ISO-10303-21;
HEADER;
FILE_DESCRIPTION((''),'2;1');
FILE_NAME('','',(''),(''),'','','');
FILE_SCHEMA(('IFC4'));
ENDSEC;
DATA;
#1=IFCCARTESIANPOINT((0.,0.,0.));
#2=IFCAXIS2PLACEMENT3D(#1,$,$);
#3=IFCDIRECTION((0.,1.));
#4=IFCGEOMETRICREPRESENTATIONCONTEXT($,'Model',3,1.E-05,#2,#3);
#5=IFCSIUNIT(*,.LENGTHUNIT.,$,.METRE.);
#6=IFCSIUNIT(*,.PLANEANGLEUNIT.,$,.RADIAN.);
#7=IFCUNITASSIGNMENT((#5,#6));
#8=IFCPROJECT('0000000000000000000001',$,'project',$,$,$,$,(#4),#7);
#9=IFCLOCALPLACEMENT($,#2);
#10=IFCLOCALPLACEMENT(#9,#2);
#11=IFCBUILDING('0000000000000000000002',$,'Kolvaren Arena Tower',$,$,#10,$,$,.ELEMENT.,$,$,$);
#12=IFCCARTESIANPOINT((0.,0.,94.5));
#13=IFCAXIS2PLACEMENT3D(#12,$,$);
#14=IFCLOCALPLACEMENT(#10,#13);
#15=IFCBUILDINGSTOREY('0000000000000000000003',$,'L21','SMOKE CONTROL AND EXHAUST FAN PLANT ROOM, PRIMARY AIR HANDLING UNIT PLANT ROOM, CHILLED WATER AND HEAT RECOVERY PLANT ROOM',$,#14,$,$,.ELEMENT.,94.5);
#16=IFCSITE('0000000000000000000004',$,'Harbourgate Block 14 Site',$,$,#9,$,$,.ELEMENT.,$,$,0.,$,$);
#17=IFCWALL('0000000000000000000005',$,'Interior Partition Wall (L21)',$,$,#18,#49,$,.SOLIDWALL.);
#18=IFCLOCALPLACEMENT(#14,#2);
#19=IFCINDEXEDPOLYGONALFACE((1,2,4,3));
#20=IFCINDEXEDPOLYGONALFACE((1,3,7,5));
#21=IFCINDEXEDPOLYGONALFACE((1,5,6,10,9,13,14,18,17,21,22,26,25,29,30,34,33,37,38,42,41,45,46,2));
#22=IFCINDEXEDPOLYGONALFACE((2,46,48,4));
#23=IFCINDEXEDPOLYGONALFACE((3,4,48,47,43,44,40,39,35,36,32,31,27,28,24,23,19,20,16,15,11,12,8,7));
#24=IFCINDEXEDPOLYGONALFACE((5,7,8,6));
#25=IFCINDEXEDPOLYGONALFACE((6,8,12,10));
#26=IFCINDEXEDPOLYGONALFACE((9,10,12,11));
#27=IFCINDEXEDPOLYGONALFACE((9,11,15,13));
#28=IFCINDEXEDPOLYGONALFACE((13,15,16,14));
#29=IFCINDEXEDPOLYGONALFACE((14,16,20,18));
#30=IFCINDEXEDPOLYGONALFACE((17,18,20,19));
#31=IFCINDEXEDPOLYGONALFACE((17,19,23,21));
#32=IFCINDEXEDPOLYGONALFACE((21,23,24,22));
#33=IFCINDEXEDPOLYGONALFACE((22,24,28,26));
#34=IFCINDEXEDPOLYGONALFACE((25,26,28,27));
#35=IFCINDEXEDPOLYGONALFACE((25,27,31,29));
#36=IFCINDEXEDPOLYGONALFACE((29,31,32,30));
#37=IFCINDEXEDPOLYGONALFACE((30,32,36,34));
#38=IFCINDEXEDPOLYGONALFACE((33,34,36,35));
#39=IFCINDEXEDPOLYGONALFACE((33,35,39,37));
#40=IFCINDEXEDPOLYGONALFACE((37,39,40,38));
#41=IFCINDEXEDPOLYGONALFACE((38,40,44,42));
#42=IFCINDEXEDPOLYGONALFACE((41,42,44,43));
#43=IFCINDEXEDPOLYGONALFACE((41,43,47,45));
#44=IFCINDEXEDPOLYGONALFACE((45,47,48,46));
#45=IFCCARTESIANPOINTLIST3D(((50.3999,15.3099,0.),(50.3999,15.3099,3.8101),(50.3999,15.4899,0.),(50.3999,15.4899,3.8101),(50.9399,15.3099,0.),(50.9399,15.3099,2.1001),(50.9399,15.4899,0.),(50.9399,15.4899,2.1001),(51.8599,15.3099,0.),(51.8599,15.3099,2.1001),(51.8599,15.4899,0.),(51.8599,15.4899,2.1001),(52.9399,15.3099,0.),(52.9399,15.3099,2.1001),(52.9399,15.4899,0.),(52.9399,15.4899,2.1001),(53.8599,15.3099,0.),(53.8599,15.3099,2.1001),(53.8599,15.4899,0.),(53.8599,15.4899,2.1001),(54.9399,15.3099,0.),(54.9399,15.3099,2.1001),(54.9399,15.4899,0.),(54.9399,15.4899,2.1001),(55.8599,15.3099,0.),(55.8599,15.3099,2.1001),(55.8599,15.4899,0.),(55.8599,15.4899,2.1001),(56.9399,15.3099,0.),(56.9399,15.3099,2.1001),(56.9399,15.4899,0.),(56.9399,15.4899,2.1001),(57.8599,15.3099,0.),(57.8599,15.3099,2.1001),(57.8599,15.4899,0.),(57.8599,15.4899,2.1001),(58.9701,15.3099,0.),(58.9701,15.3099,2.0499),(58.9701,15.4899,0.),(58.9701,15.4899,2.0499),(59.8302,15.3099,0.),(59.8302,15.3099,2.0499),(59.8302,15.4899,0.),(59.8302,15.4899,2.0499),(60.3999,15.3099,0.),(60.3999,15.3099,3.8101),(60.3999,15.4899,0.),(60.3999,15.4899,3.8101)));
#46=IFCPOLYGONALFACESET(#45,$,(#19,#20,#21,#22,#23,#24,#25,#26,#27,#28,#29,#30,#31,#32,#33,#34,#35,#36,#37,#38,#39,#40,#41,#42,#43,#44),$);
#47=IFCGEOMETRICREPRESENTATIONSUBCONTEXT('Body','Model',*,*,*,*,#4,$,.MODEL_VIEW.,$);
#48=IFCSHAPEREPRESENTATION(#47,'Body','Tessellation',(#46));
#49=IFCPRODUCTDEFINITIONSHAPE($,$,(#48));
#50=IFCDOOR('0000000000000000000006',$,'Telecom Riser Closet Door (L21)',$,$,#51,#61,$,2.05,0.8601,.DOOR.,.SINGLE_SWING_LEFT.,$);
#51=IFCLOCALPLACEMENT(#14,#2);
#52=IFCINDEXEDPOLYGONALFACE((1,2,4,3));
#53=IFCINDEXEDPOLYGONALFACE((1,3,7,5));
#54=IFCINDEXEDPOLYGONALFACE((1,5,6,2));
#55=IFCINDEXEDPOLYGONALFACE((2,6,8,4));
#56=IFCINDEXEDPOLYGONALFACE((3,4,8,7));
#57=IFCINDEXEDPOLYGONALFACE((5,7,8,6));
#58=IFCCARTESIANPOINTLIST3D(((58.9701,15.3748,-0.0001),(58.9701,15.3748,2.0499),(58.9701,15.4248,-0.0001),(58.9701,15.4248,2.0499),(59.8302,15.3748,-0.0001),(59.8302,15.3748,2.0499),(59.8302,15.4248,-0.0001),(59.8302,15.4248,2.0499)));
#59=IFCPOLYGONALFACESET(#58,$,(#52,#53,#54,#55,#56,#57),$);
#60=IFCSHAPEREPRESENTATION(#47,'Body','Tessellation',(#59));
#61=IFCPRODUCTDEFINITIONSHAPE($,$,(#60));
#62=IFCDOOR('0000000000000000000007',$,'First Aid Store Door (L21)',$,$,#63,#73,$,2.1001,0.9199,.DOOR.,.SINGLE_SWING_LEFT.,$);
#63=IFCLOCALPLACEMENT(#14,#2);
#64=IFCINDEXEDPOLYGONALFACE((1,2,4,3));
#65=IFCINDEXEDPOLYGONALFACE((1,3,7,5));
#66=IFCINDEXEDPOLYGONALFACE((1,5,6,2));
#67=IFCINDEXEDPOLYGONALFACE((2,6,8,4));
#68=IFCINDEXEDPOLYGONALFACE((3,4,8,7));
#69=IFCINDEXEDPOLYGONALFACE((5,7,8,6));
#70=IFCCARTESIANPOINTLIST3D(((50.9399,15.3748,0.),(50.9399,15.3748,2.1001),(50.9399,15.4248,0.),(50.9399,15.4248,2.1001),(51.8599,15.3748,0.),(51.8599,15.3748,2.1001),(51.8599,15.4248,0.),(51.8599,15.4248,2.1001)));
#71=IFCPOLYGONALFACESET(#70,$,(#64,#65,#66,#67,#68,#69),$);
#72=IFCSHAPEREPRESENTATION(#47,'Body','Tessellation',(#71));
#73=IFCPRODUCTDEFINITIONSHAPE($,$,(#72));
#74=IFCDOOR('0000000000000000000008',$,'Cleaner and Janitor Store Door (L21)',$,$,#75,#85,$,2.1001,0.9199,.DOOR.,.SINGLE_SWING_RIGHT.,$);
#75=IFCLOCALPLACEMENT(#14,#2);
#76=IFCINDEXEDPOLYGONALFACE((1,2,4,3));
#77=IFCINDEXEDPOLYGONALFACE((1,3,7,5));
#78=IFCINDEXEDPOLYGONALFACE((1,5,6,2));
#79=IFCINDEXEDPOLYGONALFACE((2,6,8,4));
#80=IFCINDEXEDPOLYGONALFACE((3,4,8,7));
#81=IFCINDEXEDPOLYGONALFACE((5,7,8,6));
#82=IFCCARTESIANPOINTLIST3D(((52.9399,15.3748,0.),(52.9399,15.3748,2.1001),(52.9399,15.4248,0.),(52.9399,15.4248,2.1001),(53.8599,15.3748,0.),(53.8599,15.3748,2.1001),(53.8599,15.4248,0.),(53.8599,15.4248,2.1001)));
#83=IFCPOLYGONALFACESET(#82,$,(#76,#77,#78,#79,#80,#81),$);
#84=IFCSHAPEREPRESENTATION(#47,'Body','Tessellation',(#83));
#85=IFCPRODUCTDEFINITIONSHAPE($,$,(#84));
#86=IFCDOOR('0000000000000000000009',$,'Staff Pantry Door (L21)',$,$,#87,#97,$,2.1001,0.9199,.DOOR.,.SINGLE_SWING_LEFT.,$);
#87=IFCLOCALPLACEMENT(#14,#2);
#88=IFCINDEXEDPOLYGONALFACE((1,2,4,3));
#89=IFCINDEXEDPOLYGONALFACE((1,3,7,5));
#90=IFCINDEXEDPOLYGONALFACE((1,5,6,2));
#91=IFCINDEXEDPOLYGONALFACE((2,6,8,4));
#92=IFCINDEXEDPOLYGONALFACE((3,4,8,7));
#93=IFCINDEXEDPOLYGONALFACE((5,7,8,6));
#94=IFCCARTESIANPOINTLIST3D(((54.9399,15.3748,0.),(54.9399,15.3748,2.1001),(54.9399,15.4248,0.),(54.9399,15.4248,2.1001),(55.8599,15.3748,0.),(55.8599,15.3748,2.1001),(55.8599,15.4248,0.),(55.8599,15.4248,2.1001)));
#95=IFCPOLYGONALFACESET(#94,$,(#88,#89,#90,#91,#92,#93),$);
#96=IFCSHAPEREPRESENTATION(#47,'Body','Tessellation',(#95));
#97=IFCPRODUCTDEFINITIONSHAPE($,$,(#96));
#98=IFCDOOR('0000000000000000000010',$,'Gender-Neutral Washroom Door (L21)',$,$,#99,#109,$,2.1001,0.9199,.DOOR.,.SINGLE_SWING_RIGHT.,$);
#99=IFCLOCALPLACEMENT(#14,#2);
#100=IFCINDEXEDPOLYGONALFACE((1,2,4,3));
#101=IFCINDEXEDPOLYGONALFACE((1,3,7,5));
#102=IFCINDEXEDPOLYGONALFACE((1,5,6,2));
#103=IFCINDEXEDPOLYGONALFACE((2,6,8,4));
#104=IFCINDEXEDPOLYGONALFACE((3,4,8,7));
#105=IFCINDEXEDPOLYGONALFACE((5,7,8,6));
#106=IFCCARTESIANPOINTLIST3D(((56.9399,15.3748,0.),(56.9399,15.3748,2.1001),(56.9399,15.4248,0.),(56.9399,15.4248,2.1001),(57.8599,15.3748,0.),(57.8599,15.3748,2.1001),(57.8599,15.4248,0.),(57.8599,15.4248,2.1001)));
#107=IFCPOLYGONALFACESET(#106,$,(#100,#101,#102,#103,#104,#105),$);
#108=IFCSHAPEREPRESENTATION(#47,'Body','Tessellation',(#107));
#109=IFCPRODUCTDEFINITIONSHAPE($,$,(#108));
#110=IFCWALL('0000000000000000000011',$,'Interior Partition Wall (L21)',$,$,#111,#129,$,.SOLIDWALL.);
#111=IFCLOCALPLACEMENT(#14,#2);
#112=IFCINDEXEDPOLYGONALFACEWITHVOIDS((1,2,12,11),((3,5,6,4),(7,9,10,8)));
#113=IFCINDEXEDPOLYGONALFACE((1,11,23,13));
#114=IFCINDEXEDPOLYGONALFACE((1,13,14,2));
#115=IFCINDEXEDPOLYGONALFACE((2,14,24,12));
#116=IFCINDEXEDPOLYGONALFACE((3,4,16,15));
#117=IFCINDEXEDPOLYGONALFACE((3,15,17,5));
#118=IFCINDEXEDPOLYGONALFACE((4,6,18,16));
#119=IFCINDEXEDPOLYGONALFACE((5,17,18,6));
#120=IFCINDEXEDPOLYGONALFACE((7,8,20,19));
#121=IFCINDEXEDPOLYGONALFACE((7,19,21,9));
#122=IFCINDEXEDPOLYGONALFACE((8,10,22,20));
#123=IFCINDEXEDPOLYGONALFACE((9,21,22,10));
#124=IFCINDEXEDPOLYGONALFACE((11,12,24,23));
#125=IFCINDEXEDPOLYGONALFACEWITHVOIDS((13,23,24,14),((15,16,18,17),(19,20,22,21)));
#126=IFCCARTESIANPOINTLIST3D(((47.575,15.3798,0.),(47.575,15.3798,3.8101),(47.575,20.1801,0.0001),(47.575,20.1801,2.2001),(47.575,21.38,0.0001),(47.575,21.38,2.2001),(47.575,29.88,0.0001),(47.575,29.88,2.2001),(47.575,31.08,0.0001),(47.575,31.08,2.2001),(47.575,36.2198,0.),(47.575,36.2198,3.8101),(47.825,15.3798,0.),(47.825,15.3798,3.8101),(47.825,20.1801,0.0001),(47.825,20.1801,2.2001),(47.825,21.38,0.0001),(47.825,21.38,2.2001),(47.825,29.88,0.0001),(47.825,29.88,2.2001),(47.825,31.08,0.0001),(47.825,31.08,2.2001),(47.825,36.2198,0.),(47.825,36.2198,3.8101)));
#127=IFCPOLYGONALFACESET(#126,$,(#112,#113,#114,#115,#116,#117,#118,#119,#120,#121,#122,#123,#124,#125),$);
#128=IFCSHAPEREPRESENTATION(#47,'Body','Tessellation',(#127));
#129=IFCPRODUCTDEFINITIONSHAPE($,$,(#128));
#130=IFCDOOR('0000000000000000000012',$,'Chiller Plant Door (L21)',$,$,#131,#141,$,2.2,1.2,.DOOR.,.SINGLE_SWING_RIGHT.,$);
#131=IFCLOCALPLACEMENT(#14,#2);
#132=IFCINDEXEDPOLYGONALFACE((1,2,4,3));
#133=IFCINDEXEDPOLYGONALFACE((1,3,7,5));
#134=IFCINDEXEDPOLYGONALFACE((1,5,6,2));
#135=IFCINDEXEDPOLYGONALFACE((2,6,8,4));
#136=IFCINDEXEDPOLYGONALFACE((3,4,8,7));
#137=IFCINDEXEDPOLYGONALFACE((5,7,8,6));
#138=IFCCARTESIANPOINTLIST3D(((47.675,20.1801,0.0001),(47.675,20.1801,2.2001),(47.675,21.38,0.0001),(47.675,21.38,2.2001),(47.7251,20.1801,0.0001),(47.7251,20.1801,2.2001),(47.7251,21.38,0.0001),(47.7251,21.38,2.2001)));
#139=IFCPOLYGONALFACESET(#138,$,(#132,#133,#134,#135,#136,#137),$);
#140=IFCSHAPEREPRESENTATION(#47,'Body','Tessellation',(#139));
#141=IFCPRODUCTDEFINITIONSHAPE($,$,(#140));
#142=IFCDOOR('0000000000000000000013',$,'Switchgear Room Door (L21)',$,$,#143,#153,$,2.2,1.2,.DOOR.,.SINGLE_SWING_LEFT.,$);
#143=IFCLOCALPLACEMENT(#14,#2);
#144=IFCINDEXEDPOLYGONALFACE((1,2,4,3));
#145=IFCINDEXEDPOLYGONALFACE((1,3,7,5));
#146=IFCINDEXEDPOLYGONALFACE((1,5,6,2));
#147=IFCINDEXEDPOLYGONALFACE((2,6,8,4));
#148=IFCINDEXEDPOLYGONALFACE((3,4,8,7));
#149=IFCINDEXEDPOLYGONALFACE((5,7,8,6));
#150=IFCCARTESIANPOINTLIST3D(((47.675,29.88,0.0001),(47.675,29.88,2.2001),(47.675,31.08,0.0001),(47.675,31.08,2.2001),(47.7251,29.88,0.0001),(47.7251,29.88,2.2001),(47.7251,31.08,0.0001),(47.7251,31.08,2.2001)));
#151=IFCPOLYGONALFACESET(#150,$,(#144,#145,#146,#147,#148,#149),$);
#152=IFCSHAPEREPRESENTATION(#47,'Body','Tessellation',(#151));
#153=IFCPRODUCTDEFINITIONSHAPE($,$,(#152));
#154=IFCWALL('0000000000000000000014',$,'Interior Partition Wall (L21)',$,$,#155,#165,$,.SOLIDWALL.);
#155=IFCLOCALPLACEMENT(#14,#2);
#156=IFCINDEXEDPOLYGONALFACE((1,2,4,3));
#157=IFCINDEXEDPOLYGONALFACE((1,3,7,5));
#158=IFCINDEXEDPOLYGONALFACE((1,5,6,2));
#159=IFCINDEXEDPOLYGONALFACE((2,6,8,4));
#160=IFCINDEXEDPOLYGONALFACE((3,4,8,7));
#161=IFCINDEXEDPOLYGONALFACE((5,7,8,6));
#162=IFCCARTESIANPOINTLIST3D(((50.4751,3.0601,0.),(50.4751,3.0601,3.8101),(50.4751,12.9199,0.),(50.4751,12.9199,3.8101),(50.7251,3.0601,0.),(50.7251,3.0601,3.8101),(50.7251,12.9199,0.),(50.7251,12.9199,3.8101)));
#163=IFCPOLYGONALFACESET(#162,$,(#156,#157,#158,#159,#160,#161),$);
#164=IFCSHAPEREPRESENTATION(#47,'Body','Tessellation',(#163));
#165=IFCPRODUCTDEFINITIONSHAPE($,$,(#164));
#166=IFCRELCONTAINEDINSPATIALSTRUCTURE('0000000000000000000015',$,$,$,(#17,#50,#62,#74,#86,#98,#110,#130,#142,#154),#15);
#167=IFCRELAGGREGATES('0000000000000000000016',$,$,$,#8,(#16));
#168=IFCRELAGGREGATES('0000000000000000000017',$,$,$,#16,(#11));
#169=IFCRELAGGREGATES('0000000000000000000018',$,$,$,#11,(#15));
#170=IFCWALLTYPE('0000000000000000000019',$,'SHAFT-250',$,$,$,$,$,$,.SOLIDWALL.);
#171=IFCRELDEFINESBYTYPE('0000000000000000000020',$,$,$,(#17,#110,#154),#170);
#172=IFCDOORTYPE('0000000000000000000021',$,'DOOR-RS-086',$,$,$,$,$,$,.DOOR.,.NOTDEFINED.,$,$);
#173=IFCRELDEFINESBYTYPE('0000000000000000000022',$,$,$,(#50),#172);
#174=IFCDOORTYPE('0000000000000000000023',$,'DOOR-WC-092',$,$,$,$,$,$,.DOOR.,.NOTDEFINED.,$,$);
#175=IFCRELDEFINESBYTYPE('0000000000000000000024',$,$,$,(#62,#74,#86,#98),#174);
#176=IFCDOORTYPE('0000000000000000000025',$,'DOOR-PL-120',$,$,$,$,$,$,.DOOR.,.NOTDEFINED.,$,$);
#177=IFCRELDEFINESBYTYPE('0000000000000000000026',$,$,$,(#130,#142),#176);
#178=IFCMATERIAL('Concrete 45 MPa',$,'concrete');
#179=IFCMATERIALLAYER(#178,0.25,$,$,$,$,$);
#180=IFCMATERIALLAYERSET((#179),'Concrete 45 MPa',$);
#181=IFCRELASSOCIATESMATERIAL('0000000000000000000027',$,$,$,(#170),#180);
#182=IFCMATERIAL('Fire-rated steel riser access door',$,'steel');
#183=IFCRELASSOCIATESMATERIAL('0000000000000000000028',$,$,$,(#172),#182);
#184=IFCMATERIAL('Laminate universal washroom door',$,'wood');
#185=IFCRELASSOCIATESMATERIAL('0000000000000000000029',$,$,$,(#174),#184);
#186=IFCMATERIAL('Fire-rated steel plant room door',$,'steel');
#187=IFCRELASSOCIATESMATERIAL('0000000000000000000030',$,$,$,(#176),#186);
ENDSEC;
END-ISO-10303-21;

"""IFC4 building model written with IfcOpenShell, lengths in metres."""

from ifc_helpers import new_model, si_unit, direction, frame, frame_2d, origin, place, context, subcontext, project, spatial, rectangle, extrude, material, layer, layer_set, type_object, element, fill, save


model = new_model("IFC4")

# Units and contexts
model_context = context("Model", 3, precision=1e-05, world=origin(), true_north=direction((0.0, 1.0)))
body_context = subcontext(model_context, "Body", "Model", "MODEL_VIEW")
ifc_project = project(units=[si_unit("LENGTHUNIT", "METRE"), si_unit("PLANEANGLEUNIT", "RADIAN")], contexts=[model_context])

# Site, building, storey
site_placement = place(None, origin())
site = spatial("IfcSite", under=ifc_project, at=site_placement, Name="Harbourgate Block 14 Site", CompositionType="ELEMENT", RefElevation=0.0)
building_placement = place(site_placement, origin())
building = spatial("IfcBuilding", under=site, at=building_placement, Name="Kolvaren Arena Tower", CompositionType="ELEMENT")
storey_placement = place(building_placement, frame((0.0, 0.0, 94.5)))
storey = spatial("IfcBuildingStorey", under=building, at=storey_placement, Name="L21", Description="SMOKE CONTROL AND EXHAUST FAN PLANT ROOM, PRIMARY AIR HANDLING UNIT PLANT ROOM, CHILLED WATER AND HEAT RECOVERY PLANT ROOM", CompositionType="ELEMENT", Elevation=94.5)

# Walls, openings, doors
ifc_material_1 = material(Name="Concrete 45 MPa", Category="concrete")
ifc_layer = layer(ifc_material_1, 0.25)
ifc_layer_set = layer_set([ifc_layer], Name="Concrete 45 MPa")
wall_type = type_object("IfcWallType", Name="SHAFT-250", PredefinedType="SOLIDWALL", material=ifc_layer_set)
wall_1_placement = place(storey_placement, frame((50.3999, 15.3999, 0.0), z_axis=(0.0, 0.0, 1.0), x_axis=(1.0, 0.0, 0.0)))
wall_1 = element("IfcWall", 1, at=wall_1_placement, inside=storey, type_object=wall_type, Name="Interior Partition Wall (L21)", PredefinedType="SOLIDWALL", context=body_context, shape_type="SweptSolid", body=[
    extrude(rectangle(XDim=10.0, YDim=0.1799, at=frame_2d((5.0, 0.0))), origin(), (0.0, 0.0, 1.0), 3.8101),
])
opening_1_placement = place(wall_1_placement, frame((0.54, 0.0, 0.0)))
opening_1 = element("IfcOpeningElement", 2, at=opening_1_placement, cuts=wall_1, PredefinedType="OPENING", context=body_context, shape_type="SweptSolid", body=[
    extrude(rectangle(XDim=0.9199, YDim=2.1001, at=frame_2d((0.46, 1.05))), frame((0.0, 0.0999, 0.0), z_axis=(0.0, -1.0, 0.0), x_axis=(1.0, 0.0, 0.0)), (0.0, 0.0, 1.0), 0.2),
])
opening_2_placement = place(wall_1_placement, frame((2.54, 0.0, 0.0)))
opening_2 = element("IfcOpeningElement", 3, at=opening_2_placement, cuts=wall_1, PredefinedType="OPENING", context=body_context, shape_type="SweptSolid", body=[
    extrude(rectangle(XDim=0.9199, YDim=2.1001, at=frame_2d((0.46, 1.05))), frame((0.0, 0.0999, 0.0), z_axis=(0.0, -1.0, 0.0), x_axis=(1.0, 0.0, 0.0)), (0.0, 0.0, 1.0), 0.2),
])
opening_3_placement = place(wall_1_placement, frame((4.54, 0.0, 0.0)))
opening_3 = element("IfcOpeningElement", 4, at=opening_3_placement, cuts=wall_1, PredefinedType="OPENING", context=body_context, shape_type="SweptSolid", body=[
    extrude(rectangle(XDim=0.9199, YDim=2.1001, at=frame_2d((0.46, 1.05))), frame((0.0, 0.0999, 0.0), z_axis=(0.0, -1.0, 0.0), x_axis=(1.0, 0.0, 0.0)), (0.0, 0.0, 1.0), 0.2),
])
opening_4_placement = place(wall_1_placement, frame((6.54, 0.0, 0.0)))
opening_4 = element("IfcOpeningElement", 5, at=opening_4_placement, cuts=wall_1, PredefinedType="OPENING", context=body_context, shape_type="SweptSolid", body=[
    extrude(rectangle(XDim=0.9199, YDim=2.1001, at=frame_2d((0.46, 1.05))), frame((0.0, 0.0999, 0.0), z_axis=(0.0, -1.0, 0.0), x_axis=(1.0, 0.0, 0.0)), (0.0, 0.0, 1.0), 0.2),
])
opening_5_placement = place(wall_1_placement, frame((8.5701, 0.0, 0.0)))
opening_5 = element("IfcOpeningElement", 6, at=opening_5_placement, cuts=wall_1, PredefinedType="OPENING", context=body_context, shape_type="SweptSolid", body=[
    extrude(rectangle(XDim=0.8601, YDim=2.05, at=frame_2d((0.4302, 1.0249))), frame((0.0, 0.0999, 0.0), z_axis=(0.0, -1.0, 0.0), x_axis=(1.0, 0.0, 0.0)), (0.0, 0.0, 1.0), 0.2),
])
ifc_material_2 = material(Name="Fire-rated steel riser access door", Category="steel")
door_type_1 = type_object("IfcDoorType", Name="DOOR-RS-086", OperationType="NOTDEFINED", PredefinedType="DOOR", material=ifc_material_2)
door_1_placement = place(opening_5_placement, origin())
door_1 = element("IfcDoor", 7, at=door_1_placement, inside=storey, type_object=door_type_1, Name="Telecom Riser Closet Door (L21)", OperationType="SINGLE_SWING_LEFT", OverallHeight=2.05, OverallWidth=0.8601, PredefinedType="DOOR", context=body_context, shape_type="SweptSolid", body=[
    extrude(rectangle(XDim=0.8601, YDim=2.05, at=frame_2d((0.4302, 1.0249))), frame((0.0, 0.0249, 0.0), z_axis=(0.0, -1.0, 0.0), x_axis=(1.0, 0.0, 0.0)), (0.0, 0.0, 1.0), 0.05),
])
fill(opening_5, door_1)
ifc_material_3 = material(Name="Laminate universal washroom door", Category="wood")
door_type_2 = type_object("IfcDoorType", Name="DOOR-WC-092", OperationType="NOTDEFINED", PredefinedType="DOOR", material=ifc_material_3)
door_2_placement = place(opening_1_placement, origin())
door_2 = element("IfcDoor", 8, at=door_2_placement, inside=storey, type_object=door_type_2, Name="First Aid Store Door (L21)", OperationType="SINGLE_SWING_LEFT", OverallHeight=2.1001, OverallWidth=0.9199, PredefinedType="DOOR", context=body_context, shape_type="SweptSolid", body=[
    extrude(rectangle(XDim=0.9199, YDim=2.1001, at=frame_2d((0.46, 1.05))), frame((0.0, 0.0249, 0.0), z_axis=(0.0, -1.0, 0.0), x_axis=(1.0, 0.0, 0.0)), (0.0, 0.0, 1.0), 0.05),
])
fill(opening_1, door_2)
door_3_placement = place(opening_2_placement, origin())
door_3 = element("IfcDoor", 9, at=door_3_placement, inside=storey, type_object=door_type_2, Name="Cleaner and Janitor Store Door (L21)", OperationType="SINGLE_SWING_RIGHT", OverallHeight=2.1001, OverallWidth=0.9199, PredefinedType="DOOR", context=body_context, shape_type="SweptSolid", body=[
    extrude(rectangle(XDim=0.9199, YDim=2.1001, at=frame_2d((0.46, 1.05))), frame((0.0, 0.0249, 0.0), z_axis=(0.0, -1.0, 0.0), x_axis=(1.0, 0.0, 0.0)), (0.0, 0.0, 1.0), 0.05),
])
fill(opening_2, door_3)
door_4_placement = place(opening_3_placement, origin())
door_4 = element("IfcDoor", 10, at=door_4_placement, inside=storey, type_object=door_type_2, Name="Staff Pantry Door (L21)", OperationType="SINGLE_SWING_LEFT", OverallHeight=2.1001, OverallWidth=0.9199, PredefinedType="DOOR", context=body_context, shape_type="SweptSolid", body=[
    extrude(rectangle(XDim=0.9199, YDim=2.1001, at=frame_2d((0.46, 1.05))), frame((0.0, 0.0249, 0.0), z_axis=(0.0, -1.0, 0.0), x_axis=(1.0, 0.0, 0.0)), (0.0, 0.0, 1.0), 0.05),
])
fill(opening_3, door_4)
door_5_placement = place(opening_4_placement, origin())
door_5 = element("IfcDoor", 11, at=door_5_placement, inside=storey, type_object=door_type_2, Name="Gender-Neutral Washroom Door (L21)", OperationType="SINGLE_SWING_RIGHT", OverallHeight=2.1001, OverallWidth=0.9199, PredefinedType="DOOR", context=body_context, shape_type="SweptSolid", body=[
    extrude(rectangle(XDim=0.9199, YDim=2.1001, at=frame_2d((0.46, 1.05))), frame((0.0, 0.0249, 0.0), z_axis=(0.0, -1.0, 0.0), x_axis=(1.0, 0.0, 0.0)), (0.0, 0.0, 1.0), 0.05),
])
fill(opening_4, door_5)
wall_2_placement = place(storey_placement, frame((47.7, 15.3799, 0.0), z_axis=(0.0, 0.0, 1.0), x_axis=(0.0, 1.0, 0.0)))
wall_2 = element("IfcWall", 12, at=wall_2_placement, inside=storey, type_object=wall_type, Name="Interior Partition Wall (L21)", PredefinedType="SOLIDWALL", context=body_context, shape_type="SweptSolid", body=[
    extrude(rectangle(XDim=20.8401, YDim=0.25, at=frame_2d((10.4199, 0.0))), origin(), (0.0, 0.0, 1.0), 3.8101),
])
opening_6_placement = place(wall_2_placement, frame((4.8, 0.0, 0.0)))
opening_6 = element("IfcOpeningElement", 13, at=opening_6_placement, cuts=wall_2, PredefinedType="OPENING", context=body_context, shape_type="SweptSolid", body=[
    extrude(rectangle(XDim=1.2, YDim=2.2, at=frame_2d((0.6001, 1.1001))), frame((0.0, 0.135, 0.0), z_axis=(0.0, -1.0, 0.0), x_axis=(1.0, 0.0, 0.0)), (0.0, 0.0, 1.0), 0.27),
])
opening_7_placement = place(wall_2_placement, frame((14.5, 0.0, 0.0)))
opening_7 = element("IfcOpeningElement", 14, at=opening_7_placement, cuts=wall_2, PredefinedType="OPENING", context=body_context, shape_type="SweptSolid", body=[
    extrude(rectangle(XDim=1.2, YDim=2.2, at=frame_2d((0.6001, 1.1001))), frame((0.0, 0.135, 0.0), z_axis=(0.0, -1.0, 0.0), x_axis=(1.0, 0.0, 0.0)), (0.0, 0.0, 1.0), 0.27),
])
ifc_material_4 = material(Name="Fire-rated steel plant room door", Category="steel")
door_type_3 = type_object("IfcDoorType", Name="DOOR-PL-120", OperationType="NOTDEFINED", PredefinedType="DOOR", material=ifc_material_4)
door_6_placement = place(opening_6_placement, origin())
door_6 = element("IfcDoor", 15, at=door_6_placement, inside=storey, type_object=door_type_3, Name="Chiller Plant Door (L21)", OperationType="SINGLE_SWING_RIGHT", OverallHeight=2.2, OverallWidth=1.2, PredefinedType="DOOR", context=body_context, shape_type="SweptSolid", body=[
    extrude(rectangle(XDim=1.2, YDim=2.2, at=frame_2d((0.6001, 1.1001))), frame((0.0, 0.0249, 0.0), z_axis=(0.0, -1.0, 0.0), x_axis=(1.0, 0.0, 0.0)), (0.0, 0.0, 1.0), 0.05),
])
fill(opening_6, door_6)
door_7_placement = place(opening_7_placement, origin())
door_7 = element("IfcDoor", 16, at=door_7_placement, inside=storey, type_object=door_type_3, Name="Switchgear Room Door (L21)", OperationType="SINGLE_SWING_LEFT", OverallHeight=2.2, OverallWidth=1.2, PredefinedType="DOOR", context=body_context, shape_type="SweptSolid", body=[
    extrude(rectangle(XDim=1.2, YDim=2.2, at=frame_2d((0.6001, 1.1001))), frame((0.0, 0.0249, 0.0), z_axis=(0.0, -1.0, 0.0), x_axis=(1.0, 0.0, 0.0)), (0.0, 0.0, 1.0), 0.05),
])
fill(opening_7, door_7)

# Wall
wall_3_placement = place(storey_placement, frame((50.6001, 3.0601, 0.0), z_axis=(0.0, 0.0, 1.0), x_axis=(0.0, 1.0, 0.0)))
element("IfcWall", 17, at=wall_3_placement, inside=storey, type_object=wall_type, Name="Interior Partition Wall (L21)", PredefinedType="SOLIDWALL", context=body_context, shape_type="SweptSolid", body=[
    extrude(rectangle(XDim=9.8599, YDim=0.25, at=frame_2d((4.9299, 0.0))), origin(), (0.0, 0.0, 1.0), 3.8101),
])

save(model, "model.ifc")
